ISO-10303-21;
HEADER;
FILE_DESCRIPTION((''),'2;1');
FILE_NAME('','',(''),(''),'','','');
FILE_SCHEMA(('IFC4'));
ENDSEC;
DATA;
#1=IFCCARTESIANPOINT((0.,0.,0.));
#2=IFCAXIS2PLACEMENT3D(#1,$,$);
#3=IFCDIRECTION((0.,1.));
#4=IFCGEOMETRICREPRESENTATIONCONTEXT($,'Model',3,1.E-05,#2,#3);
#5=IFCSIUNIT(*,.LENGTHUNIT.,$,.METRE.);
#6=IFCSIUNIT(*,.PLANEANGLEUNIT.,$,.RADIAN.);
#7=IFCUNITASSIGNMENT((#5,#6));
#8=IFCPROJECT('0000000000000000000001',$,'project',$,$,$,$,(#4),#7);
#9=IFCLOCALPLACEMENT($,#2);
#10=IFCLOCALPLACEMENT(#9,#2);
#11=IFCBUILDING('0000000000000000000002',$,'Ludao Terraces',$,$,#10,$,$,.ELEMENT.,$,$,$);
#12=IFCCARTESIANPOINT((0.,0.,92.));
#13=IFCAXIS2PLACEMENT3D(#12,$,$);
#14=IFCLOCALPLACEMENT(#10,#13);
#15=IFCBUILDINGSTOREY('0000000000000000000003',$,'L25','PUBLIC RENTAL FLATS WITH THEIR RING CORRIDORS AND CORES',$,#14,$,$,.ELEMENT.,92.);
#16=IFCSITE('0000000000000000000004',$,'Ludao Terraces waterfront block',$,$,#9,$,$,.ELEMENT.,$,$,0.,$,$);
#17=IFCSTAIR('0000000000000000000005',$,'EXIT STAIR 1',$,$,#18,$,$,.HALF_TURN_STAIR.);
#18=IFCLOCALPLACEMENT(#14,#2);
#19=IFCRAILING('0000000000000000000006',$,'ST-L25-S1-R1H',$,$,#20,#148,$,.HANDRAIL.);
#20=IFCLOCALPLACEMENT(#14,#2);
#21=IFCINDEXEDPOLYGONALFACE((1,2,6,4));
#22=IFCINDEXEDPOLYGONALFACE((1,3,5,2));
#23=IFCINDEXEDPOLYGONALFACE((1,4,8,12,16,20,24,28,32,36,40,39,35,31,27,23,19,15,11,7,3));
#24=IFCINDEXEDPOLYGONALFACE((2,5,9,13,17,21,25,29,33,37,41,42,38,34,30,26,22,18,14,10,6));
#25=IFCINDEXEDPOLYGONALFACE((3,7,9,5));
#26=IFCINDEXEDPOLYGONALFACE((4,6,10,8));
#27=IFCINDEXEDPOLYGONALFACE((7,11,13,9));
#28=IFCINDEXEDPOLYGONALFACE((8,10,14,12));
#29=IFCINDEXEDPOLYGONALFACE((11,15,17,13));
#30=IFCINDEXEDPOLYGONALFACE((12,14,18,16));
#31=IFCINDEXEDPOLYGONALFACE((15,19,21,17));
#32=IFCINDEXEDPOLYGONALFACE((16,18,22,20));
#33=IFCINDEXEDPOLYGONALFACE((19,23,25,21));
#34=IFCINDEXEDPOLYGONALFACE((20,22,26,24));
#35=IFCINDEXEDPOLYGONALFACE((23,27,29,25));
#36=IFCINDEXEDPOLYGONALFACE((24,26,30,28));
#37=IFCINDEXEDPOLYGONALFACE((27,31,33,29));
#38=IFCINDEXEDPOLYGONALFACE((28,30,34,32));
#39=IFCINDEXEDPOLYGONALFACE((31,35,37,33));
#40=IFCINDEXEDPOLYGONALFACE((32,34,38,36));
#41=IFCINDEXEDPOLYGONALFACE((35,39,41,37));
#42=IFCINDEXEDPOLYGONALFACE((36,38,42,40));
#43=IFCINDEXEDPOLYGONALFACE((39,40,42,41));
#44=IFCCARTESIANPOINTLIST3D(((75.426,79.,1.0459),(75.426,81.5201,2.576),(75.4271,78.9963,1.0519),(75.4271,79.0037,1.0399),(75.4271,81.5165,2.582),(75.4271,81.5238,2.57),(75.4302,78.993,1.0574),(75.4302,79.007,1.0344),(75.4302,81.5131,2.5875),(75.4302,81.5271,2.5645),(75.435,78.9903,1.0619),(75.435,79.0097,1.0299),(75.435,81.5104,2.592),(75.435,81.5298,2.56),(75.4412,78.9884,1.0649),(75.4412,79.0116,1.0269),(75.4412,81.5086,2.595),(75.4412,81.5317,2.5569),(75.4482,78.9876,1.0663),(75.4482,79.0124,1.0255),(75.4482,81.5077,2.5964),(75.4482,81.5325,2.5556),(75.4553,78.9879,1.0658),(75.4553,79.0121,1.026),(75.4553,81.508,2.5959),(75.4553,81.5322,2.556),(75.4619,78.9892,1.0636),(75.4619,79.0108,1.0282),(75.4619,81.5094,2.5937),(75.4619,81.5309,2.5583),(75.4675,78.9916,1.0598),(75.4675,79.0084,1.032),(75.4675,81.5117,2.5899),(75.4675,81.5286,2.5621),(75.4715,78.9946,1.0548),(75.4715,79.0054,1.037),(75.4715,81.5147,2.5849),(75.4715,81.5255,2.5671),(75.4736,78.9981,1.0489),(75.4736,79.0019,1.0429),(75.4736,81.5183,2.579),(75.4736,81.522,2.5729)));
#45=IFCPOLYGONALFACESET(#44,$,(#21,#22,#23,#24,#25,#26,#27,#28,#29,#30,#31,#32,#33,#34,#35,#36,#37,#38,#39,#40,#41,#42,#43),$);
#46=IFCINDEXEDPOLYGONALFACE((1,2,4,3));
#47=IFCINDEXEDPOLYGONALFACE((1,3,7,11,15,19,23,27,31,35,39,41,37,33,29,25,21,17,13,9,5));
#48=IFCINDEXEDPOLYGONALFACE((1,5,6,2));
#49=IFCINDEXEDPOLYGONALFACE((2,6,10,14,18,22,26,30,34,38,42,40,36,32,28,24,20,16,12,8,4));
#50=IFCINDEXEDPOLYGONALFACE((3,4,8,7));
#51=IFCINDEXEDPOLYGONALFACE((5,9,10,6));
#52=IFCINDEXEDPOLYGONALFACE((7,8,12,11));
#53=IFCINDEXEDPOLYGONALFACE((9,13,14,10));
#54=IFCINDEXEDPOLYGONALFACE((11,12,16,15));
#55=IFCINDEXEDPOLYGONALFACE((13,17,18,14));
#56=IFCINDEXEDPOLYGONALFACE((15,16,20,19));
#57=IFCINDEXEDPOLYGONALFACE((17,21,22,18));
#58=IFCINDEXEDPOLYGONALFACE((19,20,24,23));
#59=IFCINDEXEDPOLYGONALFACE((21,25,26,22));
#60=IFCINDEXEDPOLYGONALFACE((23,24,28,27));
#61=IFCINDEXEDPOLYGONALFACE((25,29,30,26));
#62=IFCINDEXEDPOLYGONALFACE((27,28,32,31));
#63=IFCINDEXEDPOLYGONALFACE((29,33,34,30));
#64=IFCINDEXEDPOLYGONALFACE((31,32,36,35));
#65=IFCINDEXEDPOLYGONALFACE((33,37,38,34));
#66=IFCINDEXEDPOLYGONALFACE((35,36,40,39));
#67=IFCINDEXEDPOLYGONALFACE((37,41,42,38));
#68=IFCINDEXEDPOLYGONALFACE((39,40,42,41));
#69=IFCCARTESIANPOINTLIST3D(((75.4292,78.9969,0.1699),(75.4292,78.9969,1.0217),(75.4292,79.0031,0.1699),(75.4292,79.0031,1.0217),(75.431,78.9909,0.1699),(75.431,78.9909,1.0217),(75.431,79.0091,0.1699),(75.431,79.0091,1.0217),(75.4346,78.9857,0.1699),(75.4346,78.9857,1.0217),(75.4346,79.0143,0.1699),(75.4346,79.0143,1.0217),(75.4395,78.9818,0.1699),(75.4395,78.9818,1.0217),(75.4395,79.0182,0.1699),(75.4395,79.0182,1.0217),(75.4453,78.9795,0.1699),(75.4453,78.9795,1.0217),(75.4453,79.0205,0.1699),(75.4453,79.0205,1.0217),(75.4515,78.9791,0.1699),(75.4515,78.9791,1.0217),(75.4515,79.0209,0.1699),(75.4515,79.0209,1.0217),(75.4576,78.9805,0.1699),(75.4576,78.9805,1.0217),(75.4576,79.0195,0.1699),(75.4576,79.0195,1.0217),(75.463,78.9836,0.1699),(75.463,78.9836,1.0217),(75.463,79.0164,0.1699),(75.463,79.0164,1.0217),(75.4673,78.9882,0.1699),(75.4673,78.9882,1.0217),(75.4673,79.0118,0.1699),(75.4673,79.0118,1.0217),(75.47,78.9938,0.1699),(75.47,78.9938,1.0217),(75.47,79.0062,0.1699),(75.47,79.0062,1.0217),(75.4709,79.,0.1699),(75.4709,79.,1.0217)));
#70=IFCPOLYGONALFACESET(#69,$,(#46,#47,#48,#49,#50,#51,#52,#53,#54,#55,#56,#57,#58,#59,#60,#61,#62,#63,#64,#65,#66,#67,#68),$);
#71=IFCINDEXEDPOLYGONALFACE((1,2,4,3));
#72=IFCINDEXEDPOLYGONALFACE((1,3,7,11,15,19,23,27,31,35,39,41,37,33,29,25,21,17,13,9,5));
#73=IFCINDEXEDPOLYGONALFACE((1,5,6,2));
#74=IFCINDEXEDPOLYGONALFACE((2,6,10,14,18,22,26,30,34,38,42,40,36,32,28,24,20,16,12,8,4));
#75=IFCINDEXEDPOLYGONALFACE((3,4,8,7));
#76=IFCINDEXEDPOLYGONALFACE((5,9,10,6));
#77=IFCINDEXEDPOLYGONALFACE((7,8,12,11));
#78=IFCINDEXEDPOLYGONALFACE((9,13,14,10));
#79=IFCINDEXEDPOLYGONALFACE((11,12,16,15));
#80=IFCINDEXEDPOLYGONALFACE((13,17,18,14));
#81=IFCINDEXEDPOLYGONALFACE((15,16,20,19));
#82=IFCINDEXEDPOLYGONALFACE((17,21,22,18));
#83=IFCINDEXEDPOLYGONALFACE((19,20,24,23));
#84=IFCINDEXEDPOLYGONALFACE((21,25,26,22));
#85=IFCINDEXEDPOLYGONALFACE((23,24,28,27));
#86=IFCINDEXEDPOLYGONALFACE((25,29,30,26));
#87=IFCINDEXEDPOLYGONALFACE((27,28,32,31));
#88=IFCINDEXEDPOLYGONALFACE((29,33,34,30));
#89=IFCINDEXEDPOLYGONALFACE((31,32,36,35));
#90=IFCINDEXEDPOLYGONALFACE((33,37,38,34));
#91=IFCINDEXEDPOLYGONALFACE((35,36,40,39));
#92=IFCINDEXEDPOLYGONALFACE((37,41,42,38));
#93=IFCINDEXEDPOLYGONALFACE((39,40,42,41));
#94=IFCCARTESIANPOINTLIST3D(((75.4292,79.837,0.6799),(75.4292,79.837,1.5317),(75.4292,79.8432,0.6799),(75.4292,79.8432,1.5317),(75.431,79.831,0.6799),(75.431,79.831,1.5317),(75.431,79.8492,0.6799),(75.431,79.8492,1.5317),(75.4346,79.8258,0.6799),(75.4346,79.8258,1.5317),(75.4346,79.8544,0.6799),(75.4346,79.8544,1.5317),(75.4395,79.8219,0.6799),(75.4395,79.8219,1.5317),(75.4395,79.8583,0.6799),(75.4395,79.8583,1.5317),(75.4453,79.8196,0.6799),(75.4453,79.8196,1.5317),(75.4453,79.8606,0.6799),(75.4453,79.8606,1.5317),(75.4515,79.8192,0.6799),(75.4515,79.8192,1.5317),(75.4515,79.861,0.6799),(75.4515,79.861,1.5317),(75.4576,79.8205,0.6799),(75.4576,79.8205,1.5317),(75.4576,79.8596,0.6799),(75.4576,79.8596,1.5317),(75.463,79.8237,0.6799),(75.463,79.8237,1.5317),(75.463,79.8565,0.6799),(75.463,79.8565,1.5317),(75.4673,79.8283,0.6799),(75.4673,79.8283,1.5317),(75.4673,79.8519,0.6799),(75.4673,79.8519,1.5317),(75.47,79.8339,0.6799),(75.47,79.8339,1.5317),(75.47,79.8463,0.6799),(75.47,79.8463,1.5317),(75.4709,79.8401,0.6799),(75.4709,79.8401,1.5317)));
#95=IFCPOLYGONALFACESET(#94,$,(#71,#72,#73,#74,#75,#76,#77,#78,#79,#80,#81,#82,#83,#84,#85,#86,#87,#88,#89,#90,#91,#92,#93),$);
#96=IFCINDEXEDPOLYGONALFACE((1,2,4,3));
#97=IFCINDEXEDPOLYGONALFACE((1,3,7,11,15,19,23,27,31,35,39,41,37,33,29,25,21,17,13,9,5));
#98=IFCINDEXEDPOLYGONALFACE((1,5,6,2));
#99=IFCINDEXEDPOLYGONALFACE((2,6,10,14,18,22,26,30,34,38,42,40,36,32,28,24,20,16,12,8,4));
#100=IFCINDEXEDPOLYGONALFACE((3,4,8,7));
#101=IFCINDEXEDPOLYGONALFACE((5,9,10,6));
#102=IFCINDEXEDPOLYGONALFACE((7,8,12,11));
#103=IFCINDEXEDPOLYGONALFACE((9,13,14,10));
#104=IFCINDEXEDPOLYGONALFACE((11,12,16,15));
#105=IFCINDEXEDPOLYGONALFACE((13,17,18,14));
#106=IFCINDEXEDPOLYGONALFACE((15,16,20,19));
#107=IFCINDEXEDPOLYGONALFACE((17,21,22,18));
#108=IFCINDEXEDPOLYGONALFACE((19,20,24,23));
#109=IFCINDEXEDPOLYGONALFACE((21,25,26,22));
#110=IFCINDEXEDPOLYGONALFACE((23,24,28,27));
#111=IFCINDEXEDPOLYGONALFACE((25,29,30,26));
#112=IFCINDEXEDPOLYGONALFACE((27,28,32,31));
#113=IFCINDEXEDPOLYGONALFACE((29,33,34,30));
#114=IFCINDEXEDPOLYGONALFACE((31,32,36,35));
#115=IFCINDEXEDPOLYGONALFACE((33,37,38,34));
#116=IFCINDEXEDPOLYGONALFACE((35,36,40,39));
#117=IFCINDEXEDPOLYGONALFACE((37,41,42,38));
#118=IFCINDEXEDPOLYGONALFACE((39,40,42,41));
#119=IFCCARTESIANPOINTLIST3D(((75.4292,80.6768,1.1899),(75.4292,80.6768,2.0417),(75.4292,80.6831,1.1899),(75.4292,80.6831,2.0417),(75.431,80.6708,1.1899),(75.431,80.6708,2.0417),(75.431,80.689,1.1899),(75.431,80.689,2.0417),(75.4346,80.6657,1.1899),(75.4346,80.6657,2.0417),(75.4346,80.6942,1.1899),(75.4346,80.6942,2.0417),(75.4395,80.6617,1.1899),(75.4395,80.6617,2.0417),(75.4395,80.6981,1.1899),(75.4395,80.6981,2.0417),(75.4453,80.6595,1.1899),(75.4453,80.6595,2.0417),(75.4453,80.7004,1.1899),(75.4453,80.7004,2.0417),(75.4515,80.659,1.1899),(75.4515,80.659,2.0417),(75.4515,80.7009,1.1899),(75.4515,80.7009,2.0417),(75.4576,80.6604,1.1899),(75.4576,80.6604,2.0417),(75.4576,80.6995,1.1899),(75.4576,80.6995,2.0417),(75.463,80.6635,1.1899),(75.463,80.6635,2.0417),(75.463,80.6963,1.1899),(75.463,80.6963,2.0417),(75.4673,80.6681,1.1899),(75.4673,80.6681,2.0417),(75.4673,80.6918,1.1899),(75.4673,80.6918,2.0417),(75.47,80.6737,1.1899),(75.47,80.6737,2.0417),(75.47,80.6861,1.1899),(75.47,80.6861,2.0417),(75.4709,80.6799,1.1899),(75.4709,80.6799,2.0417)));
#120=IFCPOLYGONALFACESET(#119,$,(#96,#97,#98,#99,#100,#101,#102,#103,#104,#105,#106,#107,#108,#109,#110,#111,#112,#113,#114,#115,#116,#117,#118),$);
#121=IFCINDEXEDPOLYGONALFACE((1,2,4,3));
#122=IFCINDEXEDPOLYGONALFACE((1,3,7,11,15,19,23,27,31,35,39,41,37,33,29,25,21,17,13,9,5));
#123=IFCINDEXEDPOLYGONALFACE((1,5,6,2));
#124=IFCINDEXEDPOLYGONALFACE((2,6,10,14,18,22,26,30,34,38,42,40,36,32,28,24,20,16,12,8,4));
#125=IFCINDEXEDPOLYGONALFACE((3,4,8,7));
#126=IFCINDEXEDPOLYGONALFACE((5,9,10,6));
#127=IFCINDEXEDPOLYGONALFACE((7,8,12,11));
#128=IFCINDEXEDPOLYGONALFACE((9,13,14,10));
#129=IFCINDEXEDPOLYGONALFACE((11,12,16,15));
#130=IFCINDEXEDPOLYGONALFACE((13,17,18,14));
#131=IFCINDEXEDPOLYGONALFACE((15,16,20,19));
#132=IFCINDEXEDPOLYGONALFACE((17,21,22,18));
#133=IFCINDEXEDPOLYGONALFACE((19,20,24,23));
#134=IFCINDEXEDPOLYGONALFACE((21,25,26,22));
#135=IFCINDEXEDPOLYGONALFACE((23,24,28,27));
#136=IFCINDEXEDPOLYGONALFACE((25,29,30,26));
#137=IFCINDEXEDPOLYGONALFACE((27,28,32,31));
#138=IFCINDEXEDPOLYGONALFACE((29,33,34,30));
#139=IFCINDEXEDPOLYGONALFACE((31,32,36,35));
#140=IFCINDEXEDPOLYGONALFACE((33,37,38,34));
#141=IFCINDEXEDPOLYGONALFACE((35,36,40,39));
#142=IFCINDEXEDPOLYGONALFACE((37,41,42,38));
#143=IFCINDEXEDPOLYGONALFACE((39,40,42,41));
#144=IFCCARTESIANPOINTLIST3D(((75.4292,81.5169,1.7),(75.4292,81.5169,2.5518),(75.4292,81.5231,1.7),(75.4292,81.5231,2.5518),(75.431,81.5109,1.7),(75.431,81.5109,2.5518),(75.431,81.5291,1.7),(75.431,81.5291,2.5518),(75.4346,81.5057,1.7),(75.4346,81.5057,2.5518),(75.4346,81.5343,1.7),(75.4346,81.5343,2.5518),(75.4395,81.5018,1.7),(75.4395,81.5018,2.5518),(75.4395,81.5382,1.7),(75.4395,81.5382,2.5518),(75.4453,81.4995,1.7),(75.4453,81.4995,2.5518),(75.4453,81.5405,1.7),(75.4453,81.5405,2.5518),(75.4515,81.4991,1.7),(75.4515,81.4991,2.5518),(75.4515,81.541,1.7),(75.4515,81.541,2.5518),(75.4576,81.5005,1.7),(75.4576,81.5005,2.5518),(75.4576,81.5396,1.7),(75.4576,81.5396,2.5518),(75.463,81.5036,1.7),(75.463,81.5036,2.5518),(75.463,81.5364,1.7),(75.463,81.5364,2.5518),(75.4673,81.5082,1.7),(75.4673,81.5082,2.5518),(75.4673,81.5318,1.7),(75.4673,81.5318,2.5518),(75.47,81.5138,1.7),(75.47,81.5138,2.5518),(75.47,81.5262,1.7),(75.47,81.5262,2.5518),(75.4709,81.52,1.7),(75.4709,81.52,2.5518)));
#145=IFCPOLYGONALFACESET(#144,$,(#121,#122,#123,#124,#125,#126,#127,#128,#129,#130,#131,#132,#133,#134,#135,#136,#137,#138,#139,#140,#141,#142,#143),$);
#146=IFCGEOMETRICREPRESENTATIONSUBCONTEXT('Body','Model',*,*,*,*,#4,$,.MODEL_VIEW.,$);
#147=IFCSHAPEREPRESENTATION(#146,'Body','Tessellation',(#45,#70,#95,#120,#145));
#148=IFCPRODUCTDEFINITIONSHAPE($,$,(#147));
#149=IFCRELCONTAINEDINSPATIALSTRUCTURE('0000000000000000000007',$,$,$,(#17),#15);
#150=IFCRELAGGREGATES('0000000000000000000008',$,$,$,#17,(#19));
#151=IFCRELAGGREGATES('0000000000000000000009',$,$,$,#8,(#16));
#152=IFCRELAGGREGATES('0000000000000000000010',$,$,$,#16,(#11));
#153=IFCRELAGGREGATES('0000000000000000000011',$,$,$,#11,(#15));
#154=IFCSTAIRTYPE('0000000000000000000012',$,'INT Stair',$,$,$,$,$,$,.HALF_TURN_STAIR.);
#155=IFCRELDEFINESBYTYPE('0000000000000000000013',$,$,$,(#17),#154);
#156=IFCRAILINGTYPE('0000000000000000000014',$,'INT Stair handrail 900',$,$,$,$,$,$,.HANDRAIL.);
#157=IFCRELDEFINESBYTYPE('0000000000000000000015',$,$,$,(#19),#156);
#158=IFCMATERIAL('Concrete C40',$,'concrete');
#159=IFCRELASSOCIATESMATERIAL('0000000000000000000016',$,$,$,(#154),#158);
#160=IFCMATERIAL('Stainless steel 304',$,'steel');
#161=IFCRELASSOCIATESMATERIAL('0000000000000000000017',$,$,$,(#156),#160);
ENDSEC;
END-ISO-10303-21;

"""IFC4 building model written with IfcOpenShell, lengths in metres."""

from ifc_helpers import new_model, si_unit, direction, frame, origin, origin_2d, place, context, subcontext, project, spatial, circle, extrude, material, type_object, element, aggregate, save


model = new_model("IFC4")

# Units and contexts
model_context = context("Model", 3, precision=1e-05, world=origin(), true_north=direction((0.0, 1.0)))
body_context = subcontext(model_context, "Body", "Model", "MODEL_VIEW")
ifc_project = project(units=[si_unit("LENGTHUNIT", "METRE"), si_unit("PLANEANGLEUNIT", "RADIAN")], contexts=[model_context])

# Site, building, storey
site_placement = place(None, origin())
site = spatial("IfcSite", under=ifc_project, at=site_placement, Name="Ludao Terraces waterfront block", CompositionType="ELEMENT", RefElevation=0.0)
building_placement = place(site_placement, origin())
building = spatial("IfcBuilding", under=site, at=building_placement, Name="Ludao Terraces", CompositionType="ELEMENT")
storey_placement = place(building_placement, frame((0.0, 0.0, 92.0)))
storey = spatial("IfcBuildingStorey", under=building, at=storey_placement, Name="L25", Description="PUBLIC RENTAL FLATS WITH THEIR RING CORRIDORS AND CORES", CompositionType="ELEMENT", Elevation=92.0)

# Shared definitions
ifc_material_1 = material(Name="Stainless steel 304", Category="steel")

# Stair, railing
ifc_material_2 = material(Name="Concrete C40", Category="concrete")
stair_type = type_object("IfcStairType", Name="INT Stair", PredefinedType="HALF_TURN_STAIR", material=ifc_material_2)
stair_placement = place(storey_placement, origin())
stair = element("IfcStair", 1, at=stair_placement, inside=storey, type_object=stair_type, Name="EXIT STAIR 1", PredefinedType="HALF_TURN_STAIR")
railing_type_1 = type_object("IfcRailingType", Name="INT Stair handrail 900", PredefinedType="HANDRAIL", material=ifc_material_1)
railing_1_placement = place(storey_placement, frame((75.45, 79.0, 0.1699)))
railing_1 = element("IfcRailing", 2, at=railing_1_placement, type_object=railing_type_1, Name="ST-L25-S1-R1H", PredefinedType="HANDRAIL", context=body_context, shape_type="SweptSolid", body=[
    extrude(circle(Radius=0.0239, at=origin_2d()), frame((0.0, 0.0, 0.876), z_axis=(0.0, 0.854785, 0.518982), x_axis=(-1.0, 0.0, 0.0)), (0.0, 0.0, 1.0), 2.9482),
    extrude(circle(Radius=0.021, at=origin_2d()), origin(), (0.0, 0.0, 1.0), 0.8518),
    extrude(circle(Radius=0.021, at=origin_2d()), frame((0.0, 0.8401, 0.51)), (0.0, 0.0, 1.0), 0.8518),
    extrude(circle(Radius=0.021, at=origin_2d()), frame((0.0, 1.6799, 1.02)), (0.0, 0.0, 1.0), 0.8518),
    extrude(circle(Radius=0.021, at=origin_2d()), frame((0.0, 2.52, 1.53)), (0.0, 0.0, 1.0), 0.8518),
])
aggregate(stair, [railing_1])

save(model, "model.ifc")
